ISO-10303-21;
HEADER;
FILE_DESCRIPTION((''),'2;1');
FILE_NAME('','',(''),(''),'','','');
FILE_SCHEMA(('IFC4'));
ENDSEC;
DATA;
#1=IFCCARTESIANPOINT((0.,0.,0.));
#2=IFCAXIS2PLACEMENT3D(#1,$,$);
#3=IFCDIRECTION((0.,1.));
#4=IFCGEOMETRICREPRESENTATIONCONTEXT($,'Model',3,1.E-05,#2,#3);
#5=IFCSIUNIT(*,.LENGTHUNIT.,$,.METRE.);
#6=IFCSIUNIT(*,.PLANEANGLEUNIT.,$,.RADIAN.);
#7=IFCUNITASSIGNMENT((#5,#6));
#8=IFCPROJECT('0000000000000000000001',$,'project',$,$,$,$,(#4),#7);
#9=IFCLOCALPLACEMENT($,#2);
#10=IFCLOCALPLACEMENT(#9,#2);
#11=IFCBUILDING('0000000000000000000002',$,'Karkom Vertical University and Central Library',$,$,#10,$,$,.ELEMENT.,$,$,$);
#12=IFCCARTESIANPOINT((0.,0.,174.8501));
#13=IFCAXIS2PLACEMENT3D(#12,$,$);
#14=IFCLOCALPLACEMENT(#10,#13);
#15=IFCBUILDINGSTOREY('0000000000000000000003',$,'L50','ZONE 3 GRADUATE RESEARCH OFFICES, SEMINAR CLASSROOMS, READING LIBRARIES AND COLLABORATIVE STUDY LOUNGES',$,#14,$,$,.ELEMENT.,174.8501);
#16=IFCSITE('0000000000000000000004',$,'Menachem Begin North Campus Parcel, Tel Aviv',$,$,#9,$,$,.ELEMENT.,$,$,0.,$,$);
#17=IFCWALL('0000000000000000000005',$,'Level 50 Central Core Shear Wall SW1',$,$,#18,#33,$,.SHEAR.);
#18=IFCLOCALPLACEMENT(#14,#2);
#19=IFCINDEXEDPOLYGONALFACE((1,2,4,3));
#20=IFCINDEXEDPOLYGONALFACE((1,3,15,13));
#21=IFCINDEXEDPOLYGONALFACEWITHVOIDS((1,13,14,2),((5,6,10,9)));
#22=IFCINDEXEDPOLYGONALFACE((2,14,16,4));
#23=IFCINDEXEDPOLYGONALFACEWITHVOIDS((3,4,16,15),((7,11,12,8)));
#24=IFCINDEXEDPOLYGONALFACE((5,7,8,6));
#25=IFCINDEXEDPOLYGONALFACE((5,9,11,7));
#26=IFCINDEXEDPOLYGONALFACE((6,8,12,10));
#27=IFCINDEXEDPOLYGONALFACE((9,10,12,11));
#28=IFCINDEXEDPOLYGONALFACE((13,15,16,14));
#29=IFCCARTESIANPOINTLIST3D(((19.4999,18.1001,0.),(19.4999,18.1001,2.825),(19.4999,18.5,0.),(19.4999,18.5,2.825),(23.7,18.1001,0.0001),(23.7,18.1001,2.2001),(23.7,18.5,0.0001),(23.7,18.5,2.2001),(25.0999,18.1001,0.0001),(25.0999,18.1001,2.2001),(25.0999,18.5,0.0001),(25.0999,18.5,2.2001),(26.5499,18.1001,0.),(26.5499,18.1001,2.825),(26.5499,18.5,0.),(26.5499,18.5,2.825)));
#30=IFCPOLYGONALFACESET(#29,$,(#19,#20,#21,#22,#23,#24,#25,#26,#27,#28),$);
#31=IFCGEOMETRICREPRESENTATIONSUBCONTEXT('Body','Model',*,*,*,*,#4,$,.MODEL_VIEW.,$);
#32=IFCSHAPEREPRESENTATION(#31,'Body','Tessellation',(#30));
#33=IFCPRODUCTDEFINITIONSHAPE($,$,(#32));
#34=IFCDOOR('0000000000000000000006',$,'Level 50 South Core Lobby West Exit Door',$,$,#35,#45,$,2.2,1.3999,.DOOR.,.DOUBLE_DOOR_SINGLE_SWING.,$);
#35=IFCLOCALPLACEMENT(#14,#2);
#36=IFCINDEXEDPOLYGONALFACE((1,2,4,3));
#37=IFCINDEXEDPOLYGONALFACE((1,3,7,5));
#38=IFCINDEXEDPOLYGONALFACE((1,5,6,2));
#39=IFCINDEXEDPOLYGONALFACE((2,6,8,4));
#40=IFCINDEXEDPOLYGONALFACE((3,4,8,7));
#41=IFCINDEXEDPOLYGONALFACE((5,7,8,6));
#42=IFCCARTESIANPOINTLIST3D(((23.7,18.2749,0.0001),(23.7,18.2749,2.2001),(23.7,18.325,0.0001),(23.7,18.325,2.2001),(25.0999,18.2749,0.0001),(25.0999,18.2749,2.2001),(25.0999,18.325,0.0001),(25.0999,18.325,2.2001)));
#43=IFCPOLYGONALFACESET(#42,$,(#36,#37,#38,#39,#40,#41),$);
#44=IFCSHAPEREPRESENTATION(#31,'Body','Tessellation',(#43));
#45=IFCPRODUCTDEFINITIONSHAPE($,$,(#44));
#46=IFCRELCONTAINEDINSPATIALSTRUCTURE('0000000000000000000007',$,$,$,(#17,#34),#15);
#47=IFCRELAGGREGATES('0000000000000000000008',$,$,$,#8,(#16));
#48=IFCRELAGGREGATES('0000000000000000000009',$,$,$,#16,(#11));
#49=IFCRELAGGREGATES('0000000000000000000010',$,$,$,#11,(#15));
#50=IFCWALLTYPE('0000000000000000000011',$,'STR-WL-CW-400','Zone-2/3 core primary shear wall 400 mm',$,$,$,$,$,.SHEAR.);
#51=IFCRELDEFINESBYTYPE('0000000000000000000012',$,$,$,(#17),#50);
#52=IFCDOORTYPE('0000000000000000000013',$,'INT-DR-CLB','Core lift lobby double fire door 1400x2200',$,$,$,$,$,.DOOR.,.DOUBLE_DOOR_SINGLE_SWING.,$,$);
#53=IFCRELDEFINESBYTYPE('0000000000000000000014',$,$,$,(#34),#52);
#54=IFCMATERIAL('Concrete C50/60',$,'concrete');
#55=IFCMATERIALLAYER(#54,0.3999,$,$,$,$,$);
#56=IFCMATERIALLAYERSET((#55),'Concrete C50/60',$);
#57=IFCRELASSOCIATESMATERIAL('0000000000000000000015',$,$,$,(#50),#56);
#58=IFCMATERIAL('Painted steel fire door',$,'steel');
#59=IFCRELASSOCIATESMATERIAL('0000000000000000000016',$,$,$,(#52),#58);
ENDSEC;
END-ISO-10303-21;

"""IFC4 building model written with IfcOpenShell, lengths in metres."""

from ifc_helpers import new_model, si_unit, direction, frame, frame_2d, origin, origin_with_axes, place, context, subcontext, project, spatial, rectangle, extrude, source, transform, mapped, material, layer, layer_set, type_object, element, fill, save


model = new_model("IFC4")

# Units and contexts
model_context = context("Model", 3, precision=1e-05, world=origin(), true_north=direction((0.0, 1.0)))
body_context = subcontext(model_context, "Body", "Model", "MODEL_VIEW")
ifc_project = project(units=[si_unit("LENGTHUNIT", "METRE"), si_unit("PLANEANGLEUNIT", "RADIAN")], contexts=[model_context])

# Site, building, storey
site_placement = place(None, origin())
site = spatial("IfcSite", under=ifc_project, at=site_placement, Name="Menachem Begin North Campus Parcel, Tel Aviv", CompositionType="ELEMENT", RefElevation=0.0)
building_placement = place(site_placement, origin())
building = spatial("IfcBuilding", under=site, at=building_placement, Name="Karkom Vertical University and Central Library", CompositionType="ELEMENT")
storey_placement = place(building_placement, frame((0.0, 0.0, 174.8501)))
storey = spatial("IfcBuildingStorey", under=building, at=storey_placement, Name="L50", Description="ZONE 3 GRADUATE RESEARCH OFFICES, SEMINAR CLASSROOMS, READING LIBRARIES AND COLLABORATIVE STUDY LOUNGES", CompositionType="ELEMENT", Elevation=174.8501)

# Shared definitions
ifc_material_1 = material(Name="Concrete C50/60", Category="concrete")

# Wall, opening, door
ifc_layer_1 = layer(ifc_material_1, 0.3999)
ifc_layer_set_1 = layer_set([ifc_layer_1], Name="Concrete C50/60")
wall_type_1 = type_object("IfcWallType", Name="STR-WL-CW-400", Description="Zone-2/3 core primary shear wall 400 mm", PredefinedType="SHEAR", material=ifc_layer_set_1)
wall_1_placement = place(storey_placement, frame((19.5, 18.3, 0.0), z_axis=(0.0, 0.0, 1.0), x_axis=(1.0, 0.0, 0.0)))
wall_1 = element("IfcWall", 1, at=wall_1_placement, inside=storey, type_object=wall_type_1, Name="Level 50 Central Core Shear Wall SW1", PredefinedType="SHEAR", context=body_context, shape_type="SweptSolid", body=[
    extrude(rectangle(XDim=7.05, YDim=0.3999, at=frame_2d((3.5249, 0.0))), origin(), (0.0, 0.0, 1.0), 2.825),
])
opening_1_placement = place(wall_1_placement, frame((4.2, 0.0, 0.0)))
opening_1 = element("IfcOpeningElement", 2, at=opening_1_placement, cuts=wall_1, PredefinedType="OPENING", context=body_context, shape_type="SweptSolid", body=[
    extrude(rectangle(XDim=1.3999, YDim=2.2, at=frame_2d((0.7, 1.1001))), frame((0.0, 0.21, 0.0), z_axis=(0.0, -1.0, 0.0), x_axis=(1.0, 0.0, 0.0)), (0.0, 0.0, 1.0), 0.4199),
])
ifc_material_2 = material(Name="Painted steel fire door", Category="steel")
door_type_1 = type_object("IfcDoorType", Name="INT-DR-CLB", Description="Core lift lobby double fire door 1400x2200", OperationType="DOUBLE_DOOR_SINGLE_SWING", PredefinedType="DOOR", material=ifc_material_2)
shared_shape_1 = source(origin_with_axes(), body_context, "Body", "SweptSolid", [
    extrude(rectangle(XDim=1.3999, YDim=2.2, at=frame_2d((0.7, 1.1001))), frame((0.0, 0.0249, 0.0), z_axis=(0.0, -1.0, 0.0), x_axis=(1.0, 0.0, 0.0)), (0.0, 0.0, 1.0), 0.05),
])
door_1_placement = place(opening_1_placement, origin())
door_1 = element("IfcDoor", 3, at=door_1_placement, inside=storey, type_object=door_type_1, Name="Level 50 South Core Lobby West Exit Door", OperationType="DOUBLE_DOOR_SINGLE_SWING", OverallHeight=2.2, OverallWidth=1.3999, PredefinedType="DOOR", context=body_context, shape_type="MappedRepresentation", body=[
    mapped(shared_shape_1, transform((0.0, 0.0, 0.0), scale=1.0)),
])
fill(opening_1, door_1)

save(model, "model.ifc")
